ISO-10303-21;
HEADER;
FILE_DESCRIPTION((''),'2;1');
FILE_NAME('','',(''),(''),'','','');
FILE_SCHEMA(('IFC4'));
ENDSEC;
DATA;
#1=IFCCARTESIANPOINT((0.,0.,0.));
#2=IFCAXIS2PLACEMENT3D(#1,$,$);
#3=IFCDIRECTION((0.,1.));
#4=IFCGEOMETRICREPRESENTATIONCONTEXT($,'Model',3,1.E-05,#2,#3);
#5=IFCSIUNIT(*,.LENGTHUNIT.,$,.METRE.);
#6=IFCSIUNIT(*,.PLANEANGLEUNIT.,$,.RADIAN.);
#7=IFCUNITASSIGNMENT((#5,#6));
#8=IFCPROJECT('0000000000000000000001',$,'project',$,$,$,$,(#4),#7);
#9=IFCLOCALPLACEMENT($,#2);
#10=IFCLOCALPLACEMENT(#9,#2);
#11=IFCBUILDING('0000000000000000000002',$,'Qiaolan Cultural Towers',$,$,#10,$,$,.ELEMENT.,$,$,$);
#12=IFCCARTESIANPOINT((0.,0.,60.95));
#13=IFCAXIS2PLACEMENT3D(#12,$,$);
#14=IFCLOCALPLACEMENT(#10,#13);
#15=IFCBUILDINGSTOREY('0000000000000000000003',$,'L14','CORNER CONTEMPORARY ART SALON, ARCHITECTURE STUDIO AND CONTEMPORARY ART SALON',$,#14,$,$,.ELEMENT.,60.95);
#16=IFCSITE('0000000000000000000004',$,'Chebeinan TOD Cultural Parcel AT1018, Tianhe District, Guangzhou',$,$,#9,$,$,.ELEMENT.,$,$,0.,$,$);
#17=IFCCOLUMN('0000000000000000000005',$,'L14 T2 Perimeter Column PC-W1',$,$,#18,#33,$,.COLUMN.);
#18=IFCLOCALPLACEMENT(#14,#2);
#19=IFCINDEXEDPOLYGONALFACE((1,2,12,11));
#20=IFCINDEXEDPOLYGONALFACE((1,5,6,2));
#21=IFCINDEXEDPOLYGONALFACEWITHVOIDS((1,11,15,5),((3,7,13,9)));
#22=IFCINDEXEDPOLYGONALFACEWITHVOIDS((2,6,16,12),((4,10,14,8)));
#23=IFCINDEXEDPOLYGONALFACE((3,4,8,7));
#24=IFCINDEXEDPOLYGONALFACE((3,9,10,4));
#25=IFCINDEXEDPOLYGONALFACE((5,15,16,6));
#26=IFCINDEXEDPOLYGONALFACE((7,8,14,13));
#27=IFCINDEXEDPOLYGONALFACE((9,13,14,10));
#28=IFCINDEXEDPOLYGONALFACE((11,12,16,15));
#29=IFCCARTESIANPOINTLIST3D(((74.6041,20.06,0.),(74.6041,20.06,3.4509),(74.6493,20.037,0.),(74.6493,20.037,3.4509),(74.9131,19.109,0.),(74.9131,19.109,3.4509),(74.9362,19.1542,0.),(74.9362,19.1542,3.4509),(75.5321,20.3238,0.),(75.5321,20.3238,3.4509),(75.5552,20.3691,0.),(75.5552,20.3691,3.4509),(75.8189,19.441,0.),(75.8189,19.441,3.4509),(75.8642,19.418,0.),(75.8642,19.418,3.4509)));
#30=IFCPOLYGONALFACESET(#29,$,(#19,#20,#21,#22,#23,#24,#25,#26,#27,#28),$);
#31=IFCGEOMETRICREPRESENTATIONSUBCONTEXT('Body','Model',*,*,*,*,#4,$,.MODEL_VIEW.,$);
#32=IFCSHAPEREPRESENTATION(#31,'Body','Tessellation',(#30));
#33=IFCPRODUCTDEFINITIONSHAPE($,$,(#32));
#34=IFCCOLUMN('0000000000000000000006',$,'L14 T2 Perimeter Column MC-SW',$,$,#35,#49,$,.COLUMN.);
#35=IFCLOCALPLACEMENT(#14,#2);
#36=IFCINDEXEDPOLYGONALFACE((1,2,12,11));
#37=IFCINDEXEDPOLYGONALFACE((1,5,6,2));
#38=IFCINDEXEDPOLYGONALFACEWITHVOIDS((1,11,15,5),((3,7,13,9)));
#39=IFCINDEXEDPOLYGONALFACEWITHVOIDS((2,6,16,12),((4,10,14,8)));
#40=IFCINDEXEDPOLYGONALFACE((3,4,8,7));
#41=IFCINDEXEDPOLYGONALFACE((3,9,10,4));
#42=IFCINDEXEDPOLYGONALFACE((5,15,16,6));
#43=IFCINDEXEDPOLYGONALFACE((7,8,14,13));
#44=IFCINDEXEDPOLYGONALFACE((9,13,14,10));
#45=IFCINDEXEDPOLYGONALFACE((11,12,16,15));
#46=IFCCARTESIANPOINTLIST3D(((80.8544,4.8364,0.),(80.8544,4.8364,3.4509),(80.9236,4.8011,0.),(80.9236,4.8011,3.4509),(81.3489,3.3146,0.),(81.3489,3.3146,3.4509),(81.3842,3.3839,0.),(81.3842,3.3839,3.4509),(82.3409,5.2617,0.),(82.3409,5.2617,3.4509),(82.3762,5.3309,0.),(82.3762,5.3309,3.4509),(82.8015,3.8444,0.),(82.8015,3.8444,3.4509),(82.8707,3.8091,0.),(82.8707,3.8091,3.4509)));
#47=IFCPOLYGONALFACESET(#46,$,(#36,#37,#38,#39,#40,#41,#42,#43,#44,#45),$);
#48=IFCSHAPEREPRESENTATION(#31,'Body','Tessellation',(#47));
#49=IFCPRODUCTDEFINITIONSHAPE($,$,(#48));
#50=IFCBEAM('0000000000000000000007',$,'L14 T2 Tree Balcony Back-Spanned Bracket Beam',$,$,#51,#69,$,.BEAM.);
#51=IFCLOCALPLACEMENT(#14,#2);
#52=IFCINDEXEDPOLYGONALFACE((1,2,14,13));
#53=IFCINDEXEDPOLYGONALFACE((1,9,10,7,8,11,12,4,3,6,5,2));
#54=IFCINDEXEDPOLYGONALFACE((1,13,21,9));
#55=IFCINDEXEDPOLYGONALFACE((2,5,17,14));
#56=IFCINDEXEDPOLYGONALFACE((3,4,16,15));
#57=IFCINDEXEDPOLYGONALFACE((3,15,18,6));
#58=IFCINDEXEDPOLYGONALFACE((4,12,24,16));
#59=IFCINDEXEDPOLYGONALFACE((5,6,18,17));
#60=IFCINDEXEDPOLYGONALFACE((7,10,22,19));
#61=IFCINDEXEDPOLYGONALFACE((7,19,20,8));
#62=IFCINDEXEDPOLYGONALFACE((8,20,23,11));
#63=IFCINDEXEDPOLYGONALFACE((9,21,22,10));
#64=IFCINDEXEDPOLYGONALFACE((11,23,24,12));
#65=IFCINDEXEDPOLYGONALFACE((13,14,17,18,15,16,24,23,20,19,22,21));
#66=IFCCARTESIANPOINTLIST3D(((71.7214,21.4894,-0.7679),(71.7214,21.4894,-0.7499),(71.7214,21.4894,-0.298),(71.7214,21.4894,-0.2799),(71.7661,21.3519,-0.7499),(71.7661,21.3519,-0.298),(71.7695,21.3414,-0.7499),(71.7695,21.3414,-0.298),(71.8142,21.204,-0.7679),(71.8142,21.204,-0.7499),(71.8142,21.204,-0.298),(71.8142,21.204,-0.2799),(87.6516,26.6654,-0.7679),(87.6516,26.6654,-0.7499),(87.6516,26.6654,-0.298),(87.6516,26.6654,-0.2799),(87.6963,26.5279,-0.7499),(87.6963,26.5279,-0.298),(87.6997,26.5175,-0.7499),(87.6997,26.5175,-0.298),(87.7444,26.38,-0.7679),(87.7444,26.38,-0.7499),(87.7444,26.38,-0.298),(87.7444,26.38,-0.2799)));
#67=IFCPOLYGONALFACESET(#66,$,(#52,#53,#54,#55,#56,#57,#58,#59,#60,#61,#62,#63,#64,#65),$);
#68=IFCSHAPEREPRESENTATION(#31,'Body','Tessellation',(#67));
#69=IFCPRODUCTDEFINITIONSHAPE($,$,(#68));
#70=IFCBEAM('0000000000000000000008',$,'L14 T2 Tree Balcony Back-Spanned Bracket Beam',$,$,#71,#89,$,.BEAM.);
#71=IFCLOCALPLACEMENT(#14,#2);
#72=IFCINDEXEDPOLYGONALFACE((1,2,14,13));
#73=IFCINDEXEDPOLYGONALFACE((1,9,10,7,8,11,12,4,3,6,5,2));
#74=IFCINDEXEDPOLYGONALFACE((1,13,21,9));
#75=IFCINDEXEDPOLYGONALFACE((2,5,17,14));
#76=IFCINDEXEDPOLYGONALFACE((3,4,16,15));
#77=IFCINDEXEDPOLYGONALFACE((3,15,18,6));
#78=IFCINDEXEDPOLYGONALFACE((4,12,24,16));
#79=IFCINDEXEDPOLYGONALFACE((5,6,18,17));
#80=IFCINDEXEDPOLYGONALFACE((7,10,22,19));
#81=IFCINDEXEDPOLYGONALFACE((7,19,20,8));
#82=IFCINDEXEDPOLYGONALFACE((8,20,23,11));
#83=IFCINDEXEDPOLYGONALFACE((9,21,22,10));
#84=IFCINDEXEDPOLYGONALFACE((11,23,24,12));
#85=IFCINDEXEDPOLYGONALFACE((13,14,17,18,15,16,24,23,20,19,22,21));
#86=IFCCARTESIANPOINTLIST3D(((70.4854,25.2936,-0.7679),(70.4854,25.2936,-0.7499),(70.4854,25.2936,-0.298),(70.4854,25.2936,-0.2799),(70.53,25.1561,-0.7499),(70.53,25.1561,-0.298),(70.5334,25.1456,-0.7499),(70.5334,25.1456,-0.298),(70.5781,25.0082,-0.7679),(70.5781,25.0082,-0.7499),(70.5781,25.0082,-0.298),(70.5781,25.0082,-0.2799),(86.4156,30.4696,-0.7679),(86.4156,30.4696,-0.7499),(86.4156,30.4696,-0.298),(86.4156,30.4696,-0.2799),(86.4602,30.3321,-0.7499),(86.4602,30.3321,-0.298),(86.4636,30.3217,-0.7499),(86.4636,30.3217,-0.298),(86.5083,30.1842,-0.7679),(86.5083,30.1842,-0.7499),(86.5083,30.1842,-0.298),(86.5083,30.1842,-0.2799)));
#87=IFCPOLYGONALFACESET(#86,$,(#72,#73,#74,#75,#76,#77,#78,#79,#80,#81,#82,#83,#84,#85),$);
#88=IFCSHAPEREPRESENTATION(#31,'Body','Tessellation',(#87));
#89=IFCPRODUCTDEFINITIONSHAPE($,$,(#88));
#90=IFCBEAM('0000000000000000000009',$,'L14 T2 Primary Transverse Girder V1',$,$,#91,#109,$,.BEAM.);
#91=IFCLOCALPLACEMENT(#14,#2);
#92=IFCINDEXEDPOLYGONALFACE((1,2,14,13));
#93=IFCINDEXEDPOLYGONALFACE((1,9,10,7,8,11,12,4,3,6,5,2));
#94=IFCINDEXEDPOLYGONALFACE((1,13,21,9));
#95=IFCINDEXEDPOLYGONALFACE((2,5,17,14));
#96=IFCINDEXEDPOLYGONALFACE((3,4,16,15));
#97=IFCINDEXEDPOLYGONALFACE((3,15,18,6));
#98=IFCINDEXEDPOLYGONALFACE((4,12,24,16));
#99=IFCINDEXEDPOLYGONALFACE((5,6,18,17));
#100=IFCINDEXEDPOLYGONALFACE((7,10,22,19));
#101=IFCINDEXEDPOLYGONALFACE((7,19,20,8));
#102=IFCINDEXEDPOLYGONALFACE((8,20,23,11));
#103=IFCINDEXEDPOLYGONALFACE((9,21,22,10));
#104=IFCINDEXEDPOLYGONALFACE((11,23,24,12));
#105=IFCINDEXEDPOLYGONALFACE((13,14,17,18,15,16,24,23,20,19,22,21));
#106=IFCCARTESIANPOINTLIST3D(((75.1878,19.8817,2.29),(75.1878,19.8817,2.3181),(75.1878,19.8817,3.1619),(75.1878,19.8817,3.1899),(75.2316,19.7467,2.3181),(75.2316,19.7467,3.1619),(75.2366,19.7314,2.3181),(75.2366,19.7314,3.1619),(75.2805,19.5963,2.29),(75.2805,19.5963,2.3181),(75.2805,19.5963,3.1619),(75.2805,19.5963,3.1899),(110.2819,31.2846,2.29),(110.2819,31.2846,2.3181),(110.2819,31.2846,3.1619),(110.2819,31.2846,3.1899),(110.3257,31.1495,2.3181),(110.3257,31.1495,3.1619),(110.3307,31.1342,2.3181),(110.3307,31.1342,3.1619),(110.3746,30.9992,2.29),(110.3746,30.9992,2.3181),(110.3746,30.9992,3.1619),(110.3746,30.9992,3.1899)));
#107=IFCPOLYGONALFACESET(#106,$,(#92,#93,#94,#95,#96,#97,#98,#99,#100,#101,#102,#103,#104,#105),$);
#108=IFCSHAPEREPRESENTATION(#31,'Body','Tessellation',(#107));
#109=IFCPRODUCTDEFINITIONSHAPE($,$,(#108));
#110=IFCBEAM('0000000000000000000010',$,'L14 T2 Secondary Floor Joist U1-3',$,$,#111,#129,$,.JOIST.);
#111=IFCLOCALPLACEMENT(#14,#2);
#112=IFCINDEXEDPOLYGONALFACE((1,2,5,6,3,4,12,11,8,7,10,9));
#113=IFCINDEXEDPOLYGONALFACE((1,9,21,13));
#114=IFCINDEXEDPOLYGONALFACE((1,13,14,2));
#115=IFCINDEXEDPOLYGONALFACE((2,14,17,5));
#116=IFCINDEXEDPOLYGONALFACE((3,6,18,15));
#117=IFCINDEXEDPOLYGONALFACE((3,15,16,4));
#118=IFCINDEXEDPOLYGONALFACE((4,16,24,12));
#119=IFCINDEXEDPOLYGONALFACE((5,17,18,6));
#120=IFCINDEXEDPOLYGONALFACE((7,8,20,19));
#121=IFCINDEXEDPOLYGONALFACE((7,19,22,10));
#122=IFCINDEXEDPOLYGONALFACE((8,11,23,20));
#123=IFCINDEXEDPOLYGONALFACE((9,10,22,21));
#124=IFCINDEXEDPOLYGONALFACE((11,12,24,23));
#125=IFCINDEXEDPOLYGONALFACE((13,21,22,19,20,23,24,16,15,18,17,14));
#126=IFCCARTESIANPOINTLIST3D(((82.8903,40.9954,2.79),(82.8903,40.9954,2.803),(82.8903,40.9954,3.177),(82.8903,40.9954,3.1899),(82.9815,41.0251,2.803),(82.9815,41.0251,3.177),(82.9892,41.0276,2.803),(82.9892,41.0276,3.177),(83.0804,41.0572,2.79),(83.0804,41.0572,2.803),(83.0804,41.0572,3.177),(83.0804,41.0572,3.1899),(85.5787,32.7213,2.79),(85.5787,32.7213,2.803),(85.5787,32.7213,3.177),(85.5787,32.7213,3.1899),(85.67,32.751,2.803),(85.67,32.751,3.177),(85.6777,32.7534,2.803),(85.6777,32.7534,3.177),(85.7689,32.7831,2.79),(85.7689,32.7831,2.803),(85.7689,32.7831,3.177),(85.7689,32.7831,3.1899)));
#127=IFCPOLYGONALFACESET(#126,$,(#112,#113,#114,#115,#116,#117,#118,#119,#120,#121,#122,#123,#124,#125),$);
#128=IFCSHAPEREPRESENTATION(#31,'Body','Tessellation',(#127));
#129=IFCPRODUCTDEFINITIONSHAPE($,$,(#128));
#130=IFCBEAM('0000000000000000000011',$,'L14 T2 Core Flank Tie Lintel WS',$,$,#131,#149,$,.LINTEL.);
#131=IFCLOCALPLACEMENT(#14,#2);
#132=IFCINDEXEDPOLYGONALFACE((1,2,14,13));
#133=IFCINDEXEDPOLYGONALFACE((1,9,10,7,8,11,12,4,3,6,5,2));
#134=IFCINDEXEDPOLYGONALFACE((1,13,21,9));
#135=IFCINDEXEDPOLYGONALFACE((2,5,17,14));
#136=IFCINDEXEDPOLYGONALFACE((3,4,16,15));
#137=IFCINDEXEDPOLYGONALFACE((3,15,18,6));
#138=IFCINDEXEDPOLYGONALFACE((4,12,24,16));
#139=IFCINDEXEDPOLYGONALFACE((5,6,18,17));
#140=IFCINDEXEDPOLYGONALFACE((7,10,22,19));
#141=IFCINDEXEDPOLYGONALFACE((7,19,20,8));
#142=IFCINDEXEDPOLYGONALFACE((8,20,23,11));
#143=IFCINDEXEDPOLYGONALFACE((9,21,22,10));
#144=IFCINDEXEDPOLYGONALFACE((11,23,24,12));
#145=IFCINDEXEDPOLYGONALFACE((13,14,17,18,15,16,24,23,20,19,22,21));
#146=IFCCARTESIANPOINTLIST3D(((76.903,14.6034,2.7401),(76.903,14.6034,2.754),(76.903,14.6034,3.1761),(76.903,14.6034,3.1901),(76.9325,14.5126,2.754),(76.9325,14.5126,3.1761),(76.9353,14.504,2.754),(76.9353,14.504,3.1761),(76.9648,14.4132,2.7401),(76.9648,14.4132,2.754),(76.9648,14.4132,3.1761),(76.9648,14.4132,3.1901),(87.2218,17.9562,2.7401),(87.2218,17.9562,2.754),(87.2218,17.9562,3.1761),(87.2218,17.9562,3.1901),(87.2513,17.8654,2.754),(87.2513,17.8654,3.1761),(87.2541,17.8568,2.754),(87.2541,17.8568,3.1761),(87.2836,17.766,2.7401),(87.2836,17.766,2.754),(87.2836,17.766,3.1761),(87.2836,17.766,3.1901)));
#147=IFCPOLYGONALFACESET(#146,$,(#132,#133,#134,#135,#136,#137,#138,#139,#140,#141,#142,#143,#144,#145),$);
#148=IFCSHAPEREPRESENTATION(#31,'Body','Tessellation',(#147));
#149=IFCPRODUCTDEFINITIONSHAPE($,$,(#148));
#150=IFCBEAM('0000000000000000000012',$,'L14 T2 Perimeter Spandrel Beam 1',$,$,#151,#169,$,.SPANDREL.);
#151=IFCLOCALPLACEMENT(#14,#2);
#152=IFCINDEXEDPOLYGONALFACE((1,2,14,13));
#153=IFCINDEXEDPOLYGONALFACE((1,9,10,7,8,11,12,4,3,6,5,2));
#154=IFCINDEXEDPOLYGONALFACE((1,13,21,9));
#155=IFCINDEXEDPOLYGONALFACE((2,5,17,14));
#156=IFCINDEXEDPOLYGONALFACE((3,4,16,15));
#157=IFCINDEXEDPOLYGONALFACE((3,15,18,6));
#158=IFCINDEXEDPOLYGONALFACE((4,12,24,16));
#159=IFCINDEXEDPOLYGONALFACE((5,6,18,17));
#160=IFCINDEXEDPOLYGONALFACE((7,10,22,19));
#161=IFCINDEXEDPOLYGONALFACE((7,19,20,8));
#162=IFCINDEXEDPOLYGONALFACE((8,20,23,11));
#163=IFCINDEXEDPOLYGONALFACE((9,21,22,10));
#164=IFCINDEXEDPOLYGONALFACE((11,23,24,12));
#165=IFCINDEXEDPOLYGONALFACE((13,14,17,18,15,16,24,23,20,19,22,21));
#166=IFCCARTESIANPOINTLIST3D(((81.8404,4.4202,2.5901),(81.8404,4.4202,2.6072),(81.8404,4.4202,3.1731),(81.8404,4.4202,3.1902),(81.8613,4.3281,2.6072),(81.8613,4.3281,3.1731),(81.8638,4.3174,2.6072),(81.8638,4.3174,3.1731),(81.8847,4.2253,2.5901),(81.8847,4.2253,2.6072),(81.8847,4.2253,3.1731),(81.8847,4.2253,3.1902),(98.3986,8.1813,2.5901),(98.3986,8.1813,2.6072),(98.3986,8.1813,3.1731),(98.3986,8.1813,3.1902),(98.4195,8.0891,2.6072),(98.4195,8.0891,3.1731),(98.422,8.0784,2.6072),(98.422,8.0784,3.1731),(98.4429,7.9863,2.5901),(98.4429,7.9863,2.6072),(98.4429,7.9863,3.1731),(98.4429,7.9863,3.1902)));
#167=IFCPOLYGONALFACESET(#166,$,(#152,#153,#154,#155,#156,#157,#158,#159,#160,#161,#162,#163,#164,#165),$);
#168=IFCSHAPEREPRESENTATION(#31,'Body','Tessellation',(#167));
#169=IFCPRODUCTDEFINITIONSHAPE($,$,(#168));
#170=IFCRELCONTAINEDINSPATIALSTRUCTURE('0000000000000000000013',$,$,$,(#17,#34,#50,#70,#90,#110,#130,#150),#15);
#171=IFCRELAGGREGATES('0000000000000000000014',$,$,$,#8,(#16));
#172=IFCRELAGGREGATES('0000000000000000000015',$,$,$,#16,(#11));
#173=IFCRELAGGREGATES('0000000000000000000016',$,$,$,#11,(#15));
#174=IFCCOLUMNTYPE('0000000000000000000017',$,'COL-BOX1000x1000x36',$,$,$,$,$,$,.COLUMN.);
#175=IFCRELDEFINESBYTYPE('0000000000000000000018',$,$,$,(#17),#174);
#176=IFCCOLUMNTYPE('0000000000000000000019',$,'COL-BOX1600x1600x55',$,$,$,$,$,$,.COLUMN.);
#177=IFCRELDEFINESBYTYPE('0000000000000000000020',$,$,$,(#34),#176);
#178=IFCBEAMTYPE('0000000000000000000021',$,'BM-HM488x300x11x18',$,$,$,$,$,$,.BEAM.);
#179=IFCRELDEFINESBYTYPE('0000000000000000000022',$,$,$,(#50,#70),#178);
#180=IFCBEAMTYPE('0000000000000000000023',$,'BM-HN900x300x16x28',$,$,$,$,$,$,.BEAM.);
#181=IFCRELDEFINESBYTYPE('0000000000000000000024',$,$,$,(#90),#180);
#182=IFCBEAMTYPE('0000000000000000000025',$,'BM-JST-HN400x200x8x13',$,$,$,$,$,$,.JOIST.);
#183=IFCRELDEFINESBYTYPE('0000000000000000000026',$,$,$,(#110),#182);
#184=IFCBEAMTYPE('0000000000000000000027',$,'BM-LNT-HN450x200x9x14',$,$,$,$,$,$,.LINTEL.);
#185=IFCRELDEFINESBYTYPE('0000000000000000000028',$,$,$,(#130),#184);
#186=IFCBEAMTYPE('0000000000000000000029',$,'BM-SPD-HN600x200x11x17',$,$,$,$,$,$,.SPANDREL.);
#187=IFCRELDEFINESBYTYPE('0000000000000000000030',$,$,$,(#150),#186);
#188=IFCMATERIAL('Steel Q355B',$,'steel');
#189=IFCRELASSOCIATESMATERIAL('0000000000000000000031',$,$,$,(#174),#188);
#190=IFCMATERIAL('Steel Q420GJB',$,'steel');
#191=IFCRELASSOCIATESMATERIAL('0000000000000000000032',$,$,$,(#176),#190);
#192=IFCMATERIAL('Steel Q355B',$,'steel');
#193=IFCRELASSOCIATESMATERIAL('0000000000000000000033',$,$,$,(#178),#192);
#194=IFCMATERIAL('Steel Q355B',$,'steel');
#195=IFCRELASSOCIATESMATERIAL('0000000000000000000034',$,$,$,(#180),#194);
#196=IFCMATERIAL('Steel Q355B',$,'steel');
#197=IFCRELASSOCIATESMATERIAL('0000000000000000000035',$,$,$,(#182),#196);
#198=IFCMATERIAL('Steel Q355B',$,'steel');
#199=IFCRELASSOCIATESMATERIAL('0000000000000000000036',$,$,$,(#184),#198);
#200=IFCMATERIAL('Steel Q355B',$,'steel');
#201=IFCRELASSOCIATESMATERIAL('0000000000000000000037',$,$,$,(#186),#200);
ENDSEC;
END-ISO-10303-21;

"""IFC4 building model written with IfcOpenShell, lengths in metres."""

from ifc_helpers import new_model, si_unit, direction, frame, origin, origin_2d, place, context, subcontext, project, spatial, hollow_rectangle, i_section, extrude, material, material_profile, profile_set, type_object, element, save


model = new_model("IFC4")

# Units and contexts
model_context = context("Model", 3, precision=1e-05, world=origin(), true_north=direction((0.0, 1.0)))
body_context = subcontext(model_context, "Body", "Model", "MODEL_VIEW")
ifc_project = project(units=[si_unit("LENGTHUNIT", "METRE"), si_unit("PLANEANGLEUNIT", "RADIAN")], contexts=[model_context])

# Site, building, storey
site_placement = place(None, origin())
site = spatial("IfcSite", under=ifc_project, at=site_placement, Name="Chebeinan TOD Cultural Parcel AT1018, Tianhe District, Guangzhou", CompositionType="ELEMENT", RefElevation=0.0)
building_placement = place(site_placement, origin())
building = spatial("IfcBuilding", under=site, at=building_placement, Name="Qiaolan Cultural Towers", CompositionType="ELEMENT")
storey_placement = place(building_placement, frame((0.0, 0.0, 60.95)))
storey = spatial("IfcBuildingStorey", under=building, at=storey_placement, Name="L14", Description="CORNER CONTEMPORARY ART SALON, ARCHITECTURE STUDIO AND CONTEMPORARY ART SALON", CompositionType="ELEMENT", Elevation=60.95)

# Columns
ifc_material_1 = material(Name="Steel Q355B", Category="steel")
ifc_material_profile_1 = material_profile(ifc_material_1, hollow_rectangle(XDim=1.0, YDim=1.0, WallThickness=0.0359, at=origin_2d()), Name="BOX1000x1000x36")
ifc_profile_set_1 = profile_set([ifc_material_profile_1], Name="Steel Q355B")
column_type_1 = type_object("IfcColumnType", Name="COL-BOX1000x1000x36", PredefinedType="COLUMN", material=ifc_profile_set_1)
column_1_placement = place(storey_placement, frame((75.2341, 19.739, 0.0), z_axis=(0.0, 0.0, 1.0), x_axis=(0.951057, 0.309017, 0.0)))
element("IfcColumn", 1, at=column_1_placement, inside=storey, type_object=column_type_1, Name="L14 T2 Perimeter Column PC-W1", PredefinedType="COLUMN", context=body_context, shape_type="SweptSolid", body=[
    extrude(hollow_rectangle(XDim=1.0, YDim=1.0, WallThickness=0.0359, at=origin_2d()), origin(), (0.0, 0.0, 1.0), 3.4509),
])
ifc_material_2 = material(Name="Steel Q420GJB", Category="steel")
ifc_material_profile_2 = material_profile(ifc_material_2, hollow_rectangle(XDim=1.6001, YDim=1.6001, WallThickness=0.0549, at=origin_2d()), Name="BOX1600x1600x55")
ifc_profile_set_2 = profile_set([ifc_material_profile_2], Name="Steel Q420GJB")
column_type_2 = type_object("IfcColumnType", Name="COL-BOX1600x1600x55", PredefinedType="COLUMN", material=ifc_profile_set_2)
column_2_placement = place(storey_placement, frame((81.8625, 4.3228, 0.0), z_axis=(0.0, 0.0, 1.0), x_axis=(0.951057, 0.309017, 0.0)))
element("IfcColumn", 2, at=column_2_placement, inside=storey, type_object=column_type_2, Name="L14 T2 Perimeter Column MC-SW", PredefinedType="COLUMN", context=body_context, shape_type="SweptSolid", body=[
    extrude(hollow_rectangle(XDim=1.6001, YDim=1.6001, WallThickness=0.0549, at=origin_2d()), origin(), (0.0, 0.0, 1.0), 3.4509),
])

# Beams
ifc_material_3 = material(Name="Steel Q355B", Category="steel")
ifc_material_profile_3 = material_profile(ifc_material_3, i_section(OverallWidth=0.3, OverallDepth=0.488, WebThickness=0.011, FlangeThickness=0.0181, at=origin_2d()), Name="HM488x300x11x18")
ifc_profile_set_3 = profile_set([ifc_material_profile_3], Name="Steel Q355B")
beam_type_1 = type_object("IfcBeamType", Name="BM-HM488x300x11x18", PredefinedType="BEAM", material=ifc_profile_set_3)
for number, where, z_axis, x_axis, name in (
    (3, (87.698, 26.5227, -0.5239), (-0.951057, -0.309017, 0.0), (0.309017, -0.951057, 0.0), "L14 T2 Tree Balcony Back-Spanned Bracket Beam"),
    (4, (86.4619, 30.3269, -0.5239), (-0.951057, -0.309017, 0.0), (0.309017, -0.951057, 0.0), "L14 T2 Tree Balcony Back-Spanned Bracket Beam"),
):
    element("IfcBeam", number, at=place(storey_placement, frame(where, z_axis=z_axis, x_axis=x_axis)), inside=storey, type_object=beam_type_1, Name=name, PredefinedType="BEAM", context=body_context, shape_type="SweptSolid", body=[
        extrude(i_section(OverallWidth=0.3, OverallDepth=0.488, WebThickness=0.011, FlangeThickness=0.0181, at=origin_2d()), origin(), (0.0, 0.0, 1.0), 16.75),
    ])
ifc_material_4 = material(Name="Steel Q355B", Category="steel")
ifc_material_profile_4 = material_profile(ifc_material_4, i_section(OverallWidth=0.3, OverallDepth=0.8999, WebThickness=0.0161, FlangeThickness=0.0281, at=origin_2d()), Name="HN900x300x16x28")
ifc_profile_set_4 = profile_set([ifc_material_profile_4], Name="Steel Q355B")
beam_type_2 = type_object("IfcBeamType", Name="BM-HN900x300x16x28", PredefinedType="BEAM", material=ifc_profile_set_4)
beam_1_placement = place(storey_placement, frame((75.2341, 19.739, 2.74), z_axis=(0.951056, 0.309019, 0.0), x_axis=(-0.309019, 0.951056, 0.0)))
element("IfcBeam", 5, at=beam_1_placement, inside=storey, type_object=beam_type_2, Name="L14 T2 Primary Transverse Girder V1", PredefinedType="BEAM", context=body_context, shape_type="SweptSolid", body=[
    extrude(i_section(OverallWidth=0.3, OverallDepth=0.8999, WebThickness=0.0161, FlangeThickness=0.0281, at=origin_2d()), origin(), (0.0, 0.0, 1.0), 36.9001),
])
ifc_material_5 = material(Name="Steel Q355B", Category="steel")
ifc_material_profile_5 = material_profile(ifc_material_5, i_section(OverallWidth=0.2, OverallDepth=0.3999, WebThickness=0.0081, FlangeThickness=0.0129, at=origin_2d()), Name="HN400x200x8x13")
ifc_profile_set_5 = profile_set([ifc_material_profile_5], Name="Steel Q355B")
beam_type_3 = type_object("IfcBeamType", Name="BM-JST-HN400x200x8x13", PredefinedType="JOIST", material=ifc_profile_set_5)
beam_2_placement = place(storey_placement, frame((85.6738, 32.7522, 2.99), z_axis=(-0.309021, 0.951055, 0.0), x_axis=(-0.951055, -0.309021, 0.0)))
element("IfcBeam", 6, at=beam_2_placement, inside=storey, type_object=beam_type_3, Name="L14 T2 Secondary Floor Joist U1-3", PredefinedType="JOIST", context=body_context, shape_type="SweptSolid", body=[
    extrude(i_section(OverallWidth=0.2, OverallDepth=0.3999, WebThickness=0.0081, FlangeThickness=0.0129, at=origin_2d()), origin(), (0.0, 0.0, 1.0), 8.7),
])
ifc_material_6 = material(Name="Steel Q355B", Category="steel")
ifc_material_profile_6 = material_profile(ifc_material_6, i_section(OverallWidth=0.2, OverallDepth=0.45, WebThickness=0.009, FlangeThickness=0.0139, at=origin_2d()), Name="HN450x200x9x14")
ifc_profile_set_6 = profile_set([ifc_material_profile_6], Name="Steel Q355B")
beam_type_4 = type_object("IfcBeamType", Name="BM-LNT-HN450x200x9x14", PredefinedType="LINTEL", material=ifc_profile_set_6)
beam_3_placement = place(storey_placement, frame((87.2527, 17.8611, 2.9651), z_axis=(-0.951057, -0.309016, 0.0), x_axis=(0.309016, -0.951057, 0.0)))
element("IfcBeam", 7, at=beam_3_placement, inside=storey, type_object=beam_type_4, Name="L14 T2 Core Flank Tie Lintel WS", PredefinedType="LINTEL", context=body_context, shape_type="SweptSolid", body=[
    extrude(i_section(OverallWidth=0.2, OverallDepth=0.45, WebThickness=0.009, FlangeThickness=0.0139, at=origin_2d()), origin(), (0.0, 0.0, 1.0), 10.8499),
])
ifc_material_7 = material(Name="Steel Q355B", Category="steel")
ifc_material_profile_7 = material_profile(ifc_material_7, i_section(OverallWidth=0.2, OverallDepth=0.6001, WebThickness=0.011, FlangeThickness=0.0171, at=origin_2d()), Name="HN600x200x11x17")
ifc_profile_set_7 = profile_set([ifc_material_profile_7], Name="Steel Q355B")
beam_type_5 = type_object("IfcBeamType", Name="BM-SPD-HN600x200x11x17", PredefinedType="SPANDREL", material=ifc_profile_set_7)
beam_4_placement = place(storey_placement, frame((81.8625, 4.3228, 2.8901), z_axis=(0.975161, 0.221497, 0.0), x_axis=(-0.221497, 0.975161, 0.0)))
element("IfcBeam", 8, at=beam_4_placement, inside=storey, type_object=beam_type_5, Name="L14 T2 Perimeter Spandrel Beam 1", PredefinedType="SPANDREL", context=body_context, shape_type="SweptSolid", body=[
    extrude(i_section(OverallWidth=0.2, OverallDepth=0.6001, WebThickness=0.011, FlangeThickness=0.0171, at=origin_2d()), origin(), (0.0, 0.0, 1.0), 16.98),
])

save(model, "model.ifc")
